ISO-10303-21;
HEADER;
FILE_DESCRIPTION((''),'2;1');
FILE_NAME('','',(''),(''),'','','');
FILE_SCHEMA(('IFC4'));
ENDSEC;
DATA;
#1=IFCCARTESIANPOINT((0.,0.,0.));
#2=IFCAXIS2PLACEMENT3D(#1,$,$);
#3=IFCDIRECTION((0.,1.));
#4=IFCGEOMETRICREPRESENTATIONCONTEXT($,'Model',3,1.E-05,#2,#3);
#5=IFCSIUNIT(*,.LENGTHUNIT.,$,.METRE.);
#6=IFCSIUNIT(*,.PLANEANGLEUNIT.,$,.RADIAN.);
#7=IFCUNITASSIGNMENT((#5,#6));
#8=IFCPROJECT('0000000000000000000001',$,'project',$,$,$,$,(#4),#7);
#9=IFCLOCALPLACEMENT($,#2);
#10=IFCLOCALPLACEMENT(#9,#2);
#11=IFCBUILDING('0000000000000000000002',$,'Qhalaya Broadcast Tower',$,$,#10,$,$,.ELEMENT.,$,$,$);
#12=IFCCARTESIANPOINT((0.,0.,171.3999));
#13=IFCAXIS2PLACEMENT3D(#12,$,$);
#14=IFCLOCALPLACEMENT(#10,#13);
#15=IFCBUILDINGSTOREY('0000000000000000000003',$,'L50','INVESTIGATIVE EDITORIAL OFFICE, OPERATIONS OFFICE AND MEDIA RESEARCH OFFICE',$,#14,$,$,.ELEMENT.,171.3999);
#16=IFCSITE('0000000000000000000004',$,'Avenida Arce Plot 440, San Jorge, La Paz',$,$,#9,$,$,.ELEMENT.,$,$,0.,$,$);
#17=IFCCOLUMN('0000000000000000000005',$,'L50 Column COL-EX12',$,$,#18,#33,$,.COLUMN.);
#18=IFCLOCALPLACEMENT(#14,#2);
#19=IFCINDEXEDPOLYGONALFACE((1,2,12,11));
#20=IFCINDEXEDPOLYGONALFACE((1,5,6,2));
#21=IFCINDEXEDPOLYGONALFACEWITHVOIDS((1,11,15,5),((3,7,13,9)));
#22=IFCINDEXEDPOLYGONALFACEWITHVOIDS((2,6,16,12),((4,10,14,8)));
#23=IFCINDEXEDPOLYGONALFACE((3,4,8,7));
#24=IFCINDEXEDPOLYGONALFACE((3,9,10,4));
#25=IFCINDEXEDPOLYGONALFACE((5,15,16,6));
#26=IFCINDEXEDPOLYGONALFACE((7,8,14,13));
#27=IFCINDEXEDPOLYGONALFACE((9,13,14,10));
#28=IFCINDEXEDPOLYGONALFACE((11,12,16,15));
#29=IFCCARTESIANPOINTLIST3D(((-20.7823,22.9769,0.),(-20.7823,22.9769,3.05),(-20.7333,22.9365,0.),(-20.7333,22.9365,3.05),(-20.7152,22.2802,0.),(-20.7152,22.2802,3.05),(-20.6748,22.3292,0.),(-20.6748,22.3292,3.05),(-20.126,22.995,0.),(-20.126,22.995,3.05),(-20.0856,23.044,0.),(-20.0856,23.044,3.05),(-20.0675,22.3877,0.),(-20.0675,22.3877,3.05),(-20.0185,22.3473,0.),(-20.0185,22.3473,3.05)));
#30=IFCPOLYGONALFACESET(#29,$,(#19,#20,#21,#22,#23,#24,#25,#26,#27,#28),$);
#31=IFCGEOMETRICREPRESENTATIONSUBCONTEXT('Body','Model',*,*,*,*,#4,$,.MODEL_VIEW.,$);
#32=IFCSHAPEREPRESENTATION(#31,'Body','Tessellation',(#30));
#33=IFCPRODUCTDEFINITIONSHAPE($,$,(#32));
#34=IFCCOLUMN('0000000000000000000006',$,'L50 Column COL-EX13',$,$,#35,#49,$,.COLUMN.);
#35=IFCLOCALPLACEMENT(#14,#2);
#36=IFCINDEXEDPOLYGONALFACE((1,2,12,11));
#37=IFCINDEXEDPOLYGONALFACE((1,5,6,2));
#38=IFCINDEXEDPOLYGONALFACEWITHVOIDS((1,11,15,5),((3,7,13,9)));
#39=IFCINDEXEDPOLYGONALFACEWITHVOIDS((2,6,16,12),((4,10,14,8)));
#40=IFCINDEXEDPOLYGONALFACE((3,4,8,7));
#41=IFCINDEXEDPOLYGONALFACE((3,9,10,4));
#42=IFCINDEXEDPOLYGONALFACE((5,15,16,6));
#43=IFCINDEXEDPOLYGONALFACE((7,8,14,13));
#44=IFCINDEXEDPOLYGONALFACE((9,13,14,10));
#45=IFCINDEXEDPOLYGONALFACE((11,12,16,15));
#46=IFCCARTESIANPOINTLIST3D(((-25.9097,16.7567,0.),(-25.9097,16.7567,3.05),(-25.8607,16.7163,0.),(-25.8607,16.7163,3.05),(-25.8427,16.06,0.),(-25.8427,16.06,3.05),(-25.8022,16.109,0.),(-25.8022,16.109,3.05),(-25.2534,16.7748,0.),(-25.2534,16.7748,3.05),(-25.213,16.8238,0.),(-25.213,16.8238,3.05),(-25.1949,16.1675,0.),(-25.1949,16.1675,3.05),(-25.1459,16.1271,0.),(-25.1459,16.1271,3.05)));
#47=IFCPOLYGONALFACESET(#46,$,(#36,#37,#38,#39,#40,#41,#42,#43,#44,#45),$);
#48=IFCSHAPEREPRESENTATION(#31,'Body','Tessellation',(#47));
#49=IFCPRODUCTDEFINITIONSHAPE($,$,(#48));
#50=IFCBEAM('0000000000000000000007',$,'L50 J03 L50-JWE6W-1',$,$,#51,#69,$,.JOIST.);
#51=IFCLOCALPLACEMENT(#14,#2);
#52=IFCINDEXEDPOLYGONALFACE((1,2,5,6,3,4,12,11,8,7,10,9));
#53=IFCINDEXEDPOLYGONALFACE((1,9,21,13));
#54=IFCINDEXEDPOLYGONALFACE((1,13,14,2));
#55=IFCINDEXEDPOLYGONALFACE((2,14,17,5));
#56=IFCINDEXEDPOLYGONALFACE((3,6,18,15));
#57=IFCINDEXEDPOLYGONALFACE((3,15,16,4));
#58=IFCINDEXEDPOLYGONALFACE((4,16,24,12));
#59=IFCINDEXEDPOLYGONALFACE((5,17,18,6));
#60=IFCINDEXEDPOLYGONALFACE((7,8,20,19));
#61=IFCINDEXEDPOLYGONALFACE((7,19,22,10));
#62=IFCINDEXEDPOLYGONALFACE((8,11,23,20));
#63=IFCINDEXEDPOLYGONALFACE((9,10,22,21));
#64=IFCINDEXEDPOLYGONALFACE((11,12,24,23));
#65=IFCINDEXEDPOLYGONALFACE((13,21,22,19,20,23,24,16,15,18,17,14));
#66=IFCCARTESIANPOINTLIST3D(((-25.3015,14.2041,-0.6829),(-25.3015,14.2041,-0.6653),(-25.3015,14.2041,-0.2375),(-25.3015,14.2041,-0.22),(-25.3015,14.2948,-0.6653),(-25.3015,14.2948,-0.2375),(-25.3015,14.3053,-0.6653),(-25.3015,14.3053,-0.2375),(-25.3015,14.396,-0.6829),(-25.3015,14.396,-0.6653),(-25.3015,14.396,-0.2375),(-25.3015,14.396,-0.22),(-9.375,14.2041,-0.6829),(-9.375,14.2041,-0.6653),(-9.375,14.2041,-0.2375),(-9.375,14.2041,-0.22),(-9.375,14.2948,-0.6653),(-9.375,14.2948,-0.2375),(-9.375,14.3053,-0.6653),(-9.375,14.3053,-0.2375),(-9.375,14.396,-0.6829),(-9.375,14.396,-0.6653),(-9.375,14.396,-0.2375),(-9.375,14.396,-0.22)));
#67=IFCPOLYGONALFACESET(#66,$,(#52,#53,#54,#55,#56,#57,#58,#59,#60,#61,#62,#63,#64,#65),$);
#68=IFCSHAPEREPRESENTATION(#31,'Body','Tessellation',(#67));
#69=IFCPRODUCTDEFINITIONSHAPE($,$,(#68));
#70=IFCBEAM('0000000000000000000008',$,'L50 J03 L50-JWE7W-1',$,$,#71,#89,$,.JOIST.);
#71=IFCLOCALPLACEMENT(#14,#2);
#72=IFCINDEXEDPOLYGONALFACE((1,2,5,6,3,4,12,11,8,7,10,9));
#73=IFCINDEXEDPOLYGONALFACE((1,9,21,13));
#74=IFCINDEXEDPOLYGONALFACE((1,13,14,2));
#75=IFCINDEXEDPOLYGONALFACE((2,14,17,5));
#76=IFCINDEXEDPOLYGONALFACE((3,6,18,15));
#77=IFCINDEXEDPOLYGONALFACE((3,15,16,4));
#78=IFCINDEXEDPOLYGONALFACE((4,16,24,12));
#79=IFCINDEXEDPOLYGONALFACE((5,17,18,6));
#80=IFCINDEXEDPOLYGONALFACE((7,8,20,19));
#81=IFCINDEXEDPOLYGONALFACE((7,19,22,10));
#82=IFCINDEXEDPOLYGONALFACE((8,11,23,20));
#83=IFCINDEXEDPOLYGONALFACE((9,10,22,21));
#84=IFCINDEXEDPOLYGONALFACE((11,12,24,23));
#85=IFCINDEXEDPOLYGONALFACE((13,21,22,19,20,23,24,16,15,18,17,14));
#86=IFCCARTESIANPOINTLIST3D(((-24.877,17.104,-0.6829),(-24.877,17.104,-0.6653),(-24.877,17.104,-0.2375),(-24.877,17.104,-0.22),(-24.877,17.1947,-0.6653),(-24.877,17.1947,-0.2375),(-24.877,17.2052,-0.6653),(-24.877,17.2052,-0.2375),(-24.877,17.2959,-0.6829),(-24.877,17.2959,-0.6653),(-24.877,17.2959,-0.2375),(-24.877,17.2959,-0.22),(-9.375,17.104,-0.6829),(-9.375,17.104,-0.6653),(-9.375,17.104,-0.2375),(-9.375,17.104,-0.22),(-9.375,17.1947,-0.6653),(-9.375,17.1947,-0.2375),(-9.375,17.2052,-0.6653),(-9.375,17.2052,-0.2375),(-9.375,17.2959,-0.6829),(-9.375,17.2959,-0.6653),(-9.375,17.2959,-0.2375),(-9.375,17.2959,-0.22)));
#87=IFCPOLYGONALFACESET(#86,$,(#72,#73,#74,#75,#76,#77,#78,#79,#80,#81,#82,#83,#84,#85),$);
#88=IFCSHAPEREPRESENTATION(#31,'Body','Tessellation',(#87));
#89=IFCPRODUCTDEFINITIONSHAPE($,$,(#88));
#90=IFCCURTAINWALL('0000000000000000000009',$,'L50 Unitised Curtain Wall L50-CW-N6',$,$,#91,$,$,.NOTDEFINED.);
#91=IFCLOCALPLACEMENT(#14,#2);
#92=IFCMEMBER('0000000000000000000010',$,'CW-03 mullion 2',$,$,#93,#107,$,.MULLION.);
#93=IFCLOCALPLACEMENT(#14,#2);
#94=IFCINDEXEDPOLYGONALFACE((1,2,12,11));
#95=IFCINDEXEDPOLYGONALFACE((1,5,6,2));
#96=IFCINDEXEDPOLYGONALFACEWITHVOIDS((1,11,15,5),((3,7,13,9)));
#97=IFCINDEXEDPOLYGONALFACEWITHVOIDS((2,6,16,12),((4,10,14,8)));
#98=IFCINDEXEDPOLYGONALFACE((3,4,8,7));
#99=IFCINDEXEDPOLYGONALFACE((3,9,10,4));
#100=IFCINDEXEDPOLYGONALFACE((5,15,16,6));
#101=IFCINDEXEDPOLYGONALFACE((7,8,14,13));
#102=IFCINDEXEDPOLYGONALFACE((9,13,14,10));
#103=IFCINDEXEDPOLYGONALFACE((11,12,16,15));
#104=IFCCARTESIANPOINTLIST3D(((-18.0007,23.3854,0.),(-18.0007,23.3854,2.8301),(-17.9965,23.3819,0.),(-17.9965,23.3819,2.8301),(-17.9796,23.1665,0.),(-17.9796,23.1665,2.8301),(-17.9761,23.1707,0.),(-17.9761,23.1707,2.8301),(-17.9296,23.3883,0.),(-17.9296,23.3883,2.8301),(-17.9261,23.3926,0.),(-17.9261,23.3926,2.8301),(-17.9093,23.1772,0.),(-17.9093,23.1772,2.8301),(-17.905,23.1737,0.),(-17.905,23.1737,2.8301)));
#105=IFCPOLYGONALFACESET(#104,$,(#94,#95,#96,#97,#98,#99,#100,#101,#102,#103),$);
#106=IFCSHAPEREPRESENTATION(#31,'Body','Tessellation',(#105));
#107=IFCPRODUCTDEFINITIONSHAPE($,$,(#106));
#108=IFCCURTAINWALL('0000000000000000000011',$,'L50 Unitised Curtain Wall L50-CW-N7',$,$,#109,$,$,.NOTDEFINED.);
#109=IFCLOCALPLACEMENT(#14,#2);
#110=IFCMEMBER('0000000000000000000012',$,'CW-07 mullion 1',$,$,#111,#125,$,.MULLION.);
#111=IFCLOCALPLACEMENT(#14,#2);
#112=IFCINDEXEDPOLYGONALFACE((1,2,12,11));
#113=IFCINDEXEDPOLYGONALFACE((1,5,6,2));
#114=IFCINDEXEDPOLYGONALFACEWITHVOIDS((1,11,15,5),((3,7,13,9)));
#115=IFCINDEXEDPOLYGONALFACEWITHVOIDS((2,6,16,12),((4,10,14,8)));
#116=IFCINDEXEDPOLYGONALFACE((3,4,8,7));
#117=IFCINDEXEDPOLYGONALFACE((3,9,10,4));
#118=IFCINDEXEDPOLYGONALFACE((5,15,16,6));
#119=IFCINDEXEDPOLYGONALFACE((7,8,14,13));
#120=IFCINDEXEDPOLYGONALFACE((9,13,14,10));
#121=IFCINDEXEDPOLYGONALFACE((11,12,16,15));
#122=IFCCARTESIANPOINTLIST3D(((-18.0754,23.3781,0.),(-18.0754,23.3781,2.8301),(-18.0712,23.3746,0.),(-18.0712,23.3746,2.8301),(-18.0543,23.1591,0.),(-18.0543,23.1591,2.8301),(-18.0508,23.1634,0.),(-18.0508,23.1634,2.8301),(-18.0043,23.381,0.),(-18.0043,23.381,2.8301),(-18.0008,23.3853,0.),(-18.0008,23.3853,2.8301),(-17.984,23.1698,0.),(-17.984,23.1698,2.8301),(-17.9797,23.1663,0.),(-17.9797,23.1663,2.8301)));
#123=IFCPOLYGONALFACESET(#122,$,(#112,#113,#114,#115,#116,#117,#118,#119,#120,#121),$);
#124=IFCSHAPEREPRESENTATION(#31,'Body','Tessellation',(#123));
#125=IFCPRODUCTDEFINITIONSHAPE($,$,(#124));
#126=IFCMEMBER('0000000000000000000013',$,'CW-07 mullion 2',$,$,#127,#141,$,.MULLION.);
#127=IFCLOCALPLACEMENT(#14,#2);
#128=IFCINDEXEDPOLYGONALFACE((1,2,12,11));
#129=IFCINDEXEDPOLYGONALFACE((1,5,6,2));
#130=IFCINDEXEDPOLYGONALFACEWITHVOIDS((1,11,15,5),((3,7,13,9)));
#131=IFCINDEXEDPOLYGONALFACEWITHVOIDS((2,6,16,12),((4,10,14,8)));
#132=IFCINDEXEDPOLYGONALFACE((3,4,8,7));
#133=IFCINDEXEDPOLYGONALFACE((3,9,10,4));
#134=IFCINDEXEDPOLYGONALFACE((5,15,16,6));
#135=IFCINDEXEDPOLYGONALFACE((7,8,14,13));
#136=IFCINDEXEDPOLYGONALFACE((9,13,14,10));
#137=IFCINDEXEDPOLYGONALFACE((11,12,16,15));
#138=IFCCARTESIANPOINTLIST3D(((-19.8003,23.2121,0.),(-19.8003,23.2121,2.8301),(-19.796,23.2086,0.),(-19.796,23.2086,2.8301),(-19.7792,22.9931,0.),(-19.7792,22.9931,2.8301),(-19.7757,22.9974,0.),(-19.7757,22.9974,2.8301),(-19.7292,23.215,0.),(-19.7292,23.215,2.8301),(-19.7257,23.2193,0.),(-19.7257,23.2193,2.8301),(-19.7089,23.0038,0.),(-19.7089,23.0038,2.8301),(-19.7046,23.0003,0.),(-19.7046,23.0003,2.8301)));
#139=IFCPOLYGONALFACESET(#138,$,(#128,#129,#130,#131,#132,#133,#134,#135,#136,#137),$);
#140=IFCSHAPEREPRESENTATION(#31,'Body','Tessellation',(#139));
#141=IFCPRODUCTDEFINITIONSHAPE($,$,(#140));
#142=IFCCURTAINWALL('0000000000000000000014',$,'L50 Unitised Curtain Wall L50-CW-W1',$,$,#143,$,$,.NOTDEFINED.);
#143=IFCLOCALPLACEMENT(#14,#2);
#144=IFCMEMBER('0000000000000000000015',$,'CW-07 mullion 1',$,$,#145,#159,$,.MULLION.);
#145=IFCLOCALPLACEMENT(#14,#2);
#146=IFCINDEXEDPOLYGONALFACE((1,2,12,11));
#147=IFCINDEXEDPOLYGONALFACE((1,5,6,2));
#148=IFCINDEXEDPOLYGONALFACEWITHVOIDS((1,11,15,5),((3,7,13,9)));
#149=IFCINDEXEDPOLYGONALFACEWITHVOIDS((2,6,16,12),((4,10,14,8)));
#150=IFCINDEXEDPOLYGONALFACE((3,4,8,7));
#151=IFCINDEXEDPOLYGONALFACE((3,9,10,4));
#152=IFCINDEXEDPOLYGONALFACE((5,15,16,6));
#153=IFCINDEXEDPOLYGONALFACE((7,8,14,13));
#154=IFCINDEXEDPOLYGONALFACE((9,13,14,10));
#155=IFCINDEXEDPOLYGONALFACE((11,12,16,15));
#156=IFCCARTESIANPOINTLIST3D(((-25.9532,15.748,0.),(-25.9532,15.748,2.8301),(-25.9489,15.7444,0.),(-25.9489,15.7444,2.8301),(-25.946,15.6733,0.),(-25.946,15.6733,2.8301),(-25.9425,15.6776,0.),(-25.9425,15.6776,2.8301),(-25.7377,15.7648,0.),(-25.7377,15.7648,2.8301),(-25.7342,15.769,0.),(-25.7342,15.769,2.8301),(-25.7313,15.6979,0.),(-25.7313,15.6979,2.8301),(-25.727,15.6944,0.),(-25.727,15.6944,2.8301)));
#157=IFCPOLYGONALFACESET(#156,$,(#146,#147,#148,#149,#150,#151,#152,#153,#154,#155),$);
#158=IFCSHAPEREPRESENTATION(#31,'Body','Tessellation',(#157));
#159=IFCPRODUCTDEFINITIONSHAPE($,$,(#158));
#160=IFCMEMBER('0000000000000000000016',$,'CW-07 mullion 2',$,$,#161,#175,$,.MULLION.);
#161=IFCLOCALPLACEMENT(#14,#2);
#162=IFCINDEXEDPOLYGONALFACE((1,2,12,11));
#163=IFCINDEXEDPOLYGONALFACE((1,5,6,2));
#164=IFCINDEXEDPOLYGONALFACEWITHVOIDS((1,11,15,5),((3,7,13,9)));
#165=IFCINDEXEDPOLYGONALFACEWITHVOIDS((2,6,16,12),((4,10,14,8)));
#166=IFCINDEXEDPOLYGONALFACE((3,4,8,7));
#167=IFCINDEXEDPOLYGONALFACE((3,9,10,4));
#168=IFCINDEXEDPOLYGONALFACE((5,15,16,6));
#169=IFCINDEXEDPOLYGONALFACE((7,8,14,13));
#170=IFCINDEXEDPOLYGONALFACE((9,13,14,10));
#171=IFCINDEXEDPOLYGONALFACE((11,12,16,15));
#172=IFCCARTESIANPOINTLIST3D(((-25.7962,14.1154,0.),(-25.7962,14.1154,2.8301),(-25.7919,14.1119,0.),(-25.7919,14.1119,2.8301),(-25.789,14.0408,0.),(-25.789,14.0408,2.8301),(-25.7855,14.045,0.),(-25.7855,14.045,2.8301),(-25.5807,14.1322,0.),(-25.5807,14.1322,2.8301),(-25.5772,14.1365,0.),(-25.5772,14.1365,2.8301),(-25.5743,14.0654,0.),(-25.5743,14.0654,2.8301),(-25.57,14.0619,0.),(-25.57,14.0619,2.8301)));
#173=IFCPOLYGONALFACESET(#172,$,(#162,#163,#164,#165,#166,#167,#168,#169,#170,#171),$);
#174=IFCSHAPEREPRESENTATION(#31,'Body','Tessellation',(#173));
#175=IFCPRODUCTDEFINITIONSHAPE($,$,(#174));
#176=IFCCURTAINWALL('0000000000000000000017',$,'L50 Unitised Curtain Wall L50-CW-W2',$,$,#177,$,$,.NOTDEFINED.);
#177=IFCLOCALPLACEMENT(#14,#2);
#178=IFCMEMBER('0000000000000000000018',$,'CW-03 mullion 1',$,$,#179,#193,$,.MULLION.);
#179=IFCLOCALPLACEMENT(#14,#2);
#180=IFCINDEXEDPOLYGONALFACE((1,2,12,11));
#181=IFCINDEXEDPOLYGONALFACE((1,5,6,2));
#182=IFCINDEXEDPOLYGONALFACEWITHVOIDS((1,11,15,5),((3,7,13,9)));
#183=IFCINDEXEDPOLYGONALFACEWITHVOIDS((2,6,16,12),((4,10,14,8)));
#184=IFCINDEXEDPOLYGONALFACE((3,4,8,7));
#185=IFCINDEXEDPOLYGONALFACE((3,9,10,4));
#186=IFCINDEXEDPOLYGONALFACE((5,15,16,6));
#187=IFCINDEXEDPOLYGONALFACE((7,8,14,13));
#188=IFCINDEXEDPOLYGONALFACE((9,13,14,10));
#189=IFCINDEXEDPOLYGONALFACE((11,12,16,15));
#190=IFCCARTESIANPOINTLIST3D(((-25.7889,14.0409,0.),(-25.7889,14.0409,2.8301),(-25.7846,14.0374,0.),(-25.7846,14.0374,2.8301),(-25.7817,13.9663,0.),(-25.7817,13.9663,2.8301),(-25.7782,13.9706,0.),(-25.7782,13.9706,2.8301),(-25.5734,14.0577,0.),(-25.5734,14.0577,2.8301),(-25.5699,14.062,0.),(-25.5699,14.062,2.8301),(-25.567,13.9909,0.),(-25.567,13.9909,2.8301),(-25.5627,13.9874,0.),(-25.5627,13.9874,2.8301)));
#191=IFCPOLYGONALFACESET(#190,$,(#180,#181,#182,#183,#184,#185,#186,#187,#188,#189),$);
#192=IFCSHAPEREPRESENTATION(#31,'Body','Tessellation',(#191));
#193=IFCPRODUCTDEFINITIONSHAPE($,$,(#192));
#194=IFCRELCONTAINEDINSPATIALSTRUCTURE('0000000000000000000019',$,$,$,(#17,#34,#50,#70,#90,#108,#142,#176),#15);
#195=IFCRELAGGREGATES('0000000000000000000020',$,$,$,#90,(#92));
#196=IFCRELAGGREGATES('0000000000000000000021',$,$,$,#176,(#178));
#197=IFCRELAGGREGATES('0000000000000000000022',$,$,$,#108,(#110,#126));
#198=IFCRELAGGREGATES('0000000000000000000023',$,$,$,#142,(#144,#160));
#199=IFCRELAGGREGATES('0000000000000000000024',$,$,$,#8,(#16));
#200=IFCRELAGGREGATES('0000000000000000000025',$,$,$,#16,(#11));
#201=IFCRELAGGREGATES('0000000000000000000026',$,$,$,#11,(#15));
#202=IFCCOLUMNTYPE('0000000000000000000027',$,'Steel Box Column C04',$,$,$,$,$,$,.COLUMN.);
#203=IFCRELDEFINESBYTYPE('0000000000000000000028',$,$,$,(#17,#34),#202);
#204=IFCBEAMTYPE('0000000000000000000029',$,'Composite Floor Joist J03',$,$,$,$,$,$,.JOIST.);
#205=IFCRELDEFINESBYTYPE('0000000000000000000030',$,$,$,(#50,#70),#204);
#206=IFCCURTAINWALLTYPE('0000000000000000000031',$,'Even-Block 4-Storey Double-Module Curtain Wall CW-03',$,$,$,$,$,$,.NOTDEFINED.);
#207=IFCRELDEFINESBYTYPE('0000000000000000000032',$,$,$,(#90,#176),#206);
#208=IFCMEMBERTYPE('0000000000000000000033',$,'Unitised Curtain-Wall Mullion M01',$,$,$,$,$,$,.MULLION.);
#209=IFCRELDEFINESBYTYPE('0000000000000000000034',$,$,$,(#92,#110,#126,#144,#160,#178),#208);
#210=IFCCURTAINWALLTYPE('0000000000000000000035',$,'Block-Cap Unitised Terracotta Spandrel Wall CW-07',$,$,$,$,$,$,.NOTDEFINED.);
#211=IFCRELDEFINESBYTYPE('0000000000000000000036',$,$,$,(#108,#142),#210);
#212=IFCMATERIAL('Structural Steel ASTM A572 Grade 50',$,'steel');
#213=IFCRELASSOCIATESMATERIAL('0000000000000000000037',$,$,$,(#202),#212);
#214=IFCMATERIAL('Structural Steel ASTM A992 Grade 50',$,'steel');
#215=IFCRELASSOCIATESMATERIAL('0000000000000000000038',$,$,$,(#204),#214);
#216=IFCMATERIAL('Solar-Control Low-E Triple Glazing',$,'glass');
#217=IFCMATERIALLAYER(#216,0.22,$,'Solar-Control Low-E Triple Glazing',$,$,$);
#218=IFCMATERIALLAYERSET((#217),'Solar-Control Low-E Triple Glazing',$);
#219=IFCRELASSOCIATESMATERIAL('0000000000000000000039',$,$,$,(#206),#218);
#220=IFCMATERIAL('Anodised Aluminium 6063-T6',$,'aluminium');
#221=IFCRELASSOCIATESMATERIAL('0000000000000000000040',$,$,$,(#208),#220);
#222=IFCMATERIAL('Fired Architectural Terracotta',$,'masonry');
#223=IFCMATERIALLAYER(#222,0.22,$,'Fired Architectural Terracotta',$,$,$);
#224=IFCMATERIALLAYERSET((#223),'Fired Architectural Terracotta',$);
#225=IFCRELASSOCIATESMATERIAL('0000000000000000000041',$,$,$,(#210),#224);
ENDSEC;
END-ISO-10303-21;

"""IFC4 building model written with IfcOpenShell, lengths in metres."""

from ifc_helpers import new_model, si_unit, direction, frame, origin, origin_2d, place, context, subcontext, project, spatial, hollow_rectangle, i_section, extrude, material, layer, layer_set, material_profile, profile_set, type_object, element, aggregate, save


model = new_model("IFC4")

# Units and contexts
model_context = context("Model", 3, precision=1e-05, world=origin(), true_north=direction((0.0, 1.0)))
body_context = subcontext(model_context, "Body", "Model", "MODEL_VIEW")
ifc_project = project(units=[si_unit("LENGTHUNIT", "METRE"), si_unit("PLANEANGLEUNIT", "RADIAN")], contexts=[model_context])

# Site, building, storey
site_placement = place(None, origin())
site = spatial("IfcSite", under=ifc_project, at=site_placement, Name="Avenida Arce Plot 440, San Jorge, La Paz", CompositionType="ELEMENT", RefElevation=0.0)
building_placement = place(site_placement, origin())
building = spatial("IfcBuilding", under=site, at=building_placement, Name="Qhalaya Broadcast Tower", CompositionType="ELEMENT")
storey_placement = place(building_placement, frame((0.0, 0.0, 171.3999)))
storey = spatial("IfcBuildingStorey", under=building, at=storey_placement, Name="L50", Description="INVESTIGATIVE EDITORIAL OFFICE, OPERATIONS OFFICE AND MEDIA RESEARCH OFFICE", CompositionType="ELEMENT", Elevation=171.3999)

# Columns
ifc_material_1 = material(Name="Structural Steel ASTM A572 Grade 50", Category="steel")
ifc_material_profile_1 = material_profile(ifc_material_1, hollow_rectangle(XDim=0.7, YDim=0.7, WallThickness=0.0449, at=origin_2d()), Name="BOX 700x700x45")
ifc_profile_set_1 = profile_set([ifc_material_profile_1], Name="Structural Steel ASTM A572 Grade 50")
column_type = type_object("IfcColumnType", Name="Steel Box Column C04", PredefinedType="COLUMN", material=ifc_profile_set_1)
for number, where, z_axis, x_axis, name in (
    (1, (-20.4004, 22.6621, 0.0), (0.0, 0.0, 1.0), (0.995396, 0.095846, 0.0), "L50 Column COL-EX12"),
    (2, (-25.5278, 16.4419, 0.0), (0.0, 0.0, 1.0), (-0.095846, 0.995396, 0.0), "L50 Column COL-EX13"),
):
    element("IfcColumn", number, at=place(storey_placement, frame(where, z_axis=z_axis, x_axis=x_axis)), inside=storey, type_object=column_type, Name=name, PredefinedType="COLUMN", context=body_context, shape_type="SweptSolid", body=[
        extrude(hollow_rectangle(XDim=0.7, YDim=0.7, WallThickness=0.0449, at=origin_2d()), origin(), (0.0, 0.0, 1.0), 3.05),
    ])

# Beams
ifc_material_2 = material(Name="Structural Steel ASTM A992 Grade 50", Category="steel")
ifc_material_profile_2 = material_profile(ifc_material_2, i_section(OverallWidth=0.1919, OverallDepth=0.4629, WebThickness=0.0105, FlangeThickness=0.0176, at=origin_2d()), Name="W18X60")
ifc_profile_set_2 = profile_set([ifc_material_profile_2], Name="Structural Steel ASTM A992 Grade 50")
beam_type_1 = type_object("IfcBeamType", Name="Composite Floor Joist J03", PredefinedType="JOIST", material=ifc_profile_set_2)
beam_1_placement = place(storey_placement, frame((-25.3015, 14.3, -0.4514), z_axis=(1.0, 0.0, 0.0), x_axis=(0.0, 1.0, 0.0)))
element("IfcBeam", 3, at=beam_1_placement, inside=storey, type_object=beam_type_1, Name="L50 J03 L50-JWE6W-1", PredefinedType="JOIST", context=body_context, shape_type="SweptSolid", body=[
    extrude(i_section(OverallWidth=0.1919, OverallDepth=0.4629, WebThickness=0.0105, FlangeThickness=0.0176, at=origin_2d()), origin(), (0.0, 0.0, 1.0), 15.9265),
])
beam_2_placement = place(storey_placement, frame((-24.877, 17.2, -0.4514), z_axis=(1.0, 0.0, 0.0), x_axis=(0.0, 1.0, 0.0)))
element("IfcBeam", 4, at=beam_2_placement, inside=storey, type_object=beam_type_1, Name="L50 J03 L50-JWE7W-1", PredefinedType="JOIST", context=body_context, shape_type="SweptSolid", body=[
    extrude(i_section(OverallWidth=0.1919, OverallDepth=0.4629, WebThickness=0.0105, FlangeThickness=0.0176, at=origin_2d()), origin(), (0.0, 0.0, 1.0), 15.502),
])

# Curtain wall, member
ifc_material_3 = material(Name="Solar-Control Low-E Triple Glazing", Category="glass")
ifc_layer_1 = layer(ifc_material_3, 0.22, Name="Solar-Control Low-E Triple Glazing")
ifc_layer_set_1 = layer_set([ifc_layer_1], Name="Solar-Control Low-E Triple Glazing")
curtain_wall_type_1 = type_object("IfcCurtainWallType", Name="Even-Block 4-Storey Double-Module Curtain Wall CW-03", PredefinedType="NOTDEFINED", material=ifc_layer_set_1)
curtain_wall_1_placement = place(storey_placement, origin())
curtain_wall_1 = element("IfcCurtainWall", 5, at=curtain_wall_1_placement, inside=storey, type_object=curtain_wall_type_1, Name="L50 Unitised Curtain Wall L50-CW-N6", PredefinedType="NOTDEFINED")
ifc_material_4 = material(Name="Anodised Aluminium 6063-T6", Category="aluminium")
ifc_material_profile_3 = material_profile(ifc_material_4, hollow_rectangle(XDim=0.075, YDim=0.22, WallThickness=0.0039, at=origin_2d()), Name="ALU-MUL 75x220x4")
ifc_profile_set_3 = profile_set([ifc_material_profile_3], Name="Anodised Aluminium 6063-T6")
member_type_1 = type_object("IfcMemberType", Name="Unitised Curtain-Wall Mullion M01", PredefinedType="MULLION", material=ifc_profile_set_3)
member_1_placement = place(storey_placement, frame((-17.9529, 23.2795, 0.0), z_axis=(0.0, 0.0, 1.0), x_axis=(-0.995397, -0.095834, 0.0)))
member_1 = element("IfcMember", 6, at=member_1_placement, type_object=member_type_1, Name="CW-03 mullion 2", PredefinedType="MULLION", context=body_context, shape_type="SweptSolid", body=[
    extrude(hollow_rectangle(XDim=0.075, YDim=0.22, WallThickness=0.0039, at=origin_2d()), origin(), (0.0, 0.0, 1.0), 2.8301),
])
aggregate(curtain_wall_1, [member_1])

# Curtain walls, members
ifc_material_5 = material(Name="Fired Architectural Terracotta", Category="masonry")
ifc_layer_2 = layer(ifc_material_5, 0.22, Name="Fired Architectural Terracotta")
ifc_layer_set_2 = layer_set([ifc_layer_2], Name="Fired Architectural Terracotta")
curtain_wall_type_2 = type_object("IfcCurtainWallType", Name="Block-Cap Unitised Terracotta Spandrel Wall CW-07", PredefinedType="NOTDEFINED", material=ifc_layer_set_2)
curtain_wall_2_placement = place(storey_placement, origin())
curtain_wall_2 = element("IfcCurtainWall", 7, at=curtain_wall_2_placement, inside=storey, type_object=curtain_wall_type_2, Name="L50 Unitised Curtain Wall L50-CW-N7", PredefinedType="NOTDEFINED")
member_2_placement = place(storey_placement, frame((-18.0276, 23.2722, 0.0), z_axis=(0.0, 0.0, 1.0), x_axis=(-0.995395, -0.095856, 0.0)))
member_2 = element("IfcMember", 8, at=member_2_placement, type_object=member_type_1, Name="CW-07 mullion 1", PredefinedType="MULLION", context=body_context, shape_type="SweptSolid", body=[
    extrude(hollow_rectangle(XDim=0.075, YDim=0.22, WallThickness=0.0039, at=origin_2d()), origin(), (0.0, 0.0, 1.0), 2.8301),
])
member_3_placement = place(storey_placement, frame((-19.7524, 23.1062, 0.0), z_axis=(0.0, 0.0, 1.0), x_axis=(-0.995395, -0.095856, 0.0)))
member_3 = element("IfcMember", 9, at=member_3_placement, type_object=member_type_1, Name="CW-07 mullion 2", PredefinedType="MULLION", context=body_context, shape_type="SweptSolid", body=[
    extrude(hollow_rectangle(XDim=0.075, YDim=0.22, WallThickness=0.0039, at=origin_2d()), origin(), (0.0, 0.0, 1.0), 2.8301),
])
curtain_wall_3_placement = place(storey_placement, origin())
curtain_wall_3 = element("IfcCurtainWall", 10, at=curtain_wall_3_placement, inside=storey, type_object=curtain_wall_type_2, Name="L50 Unitised Curtain Wall L50-CW-W1", PredefinedType="NOTDEFINED")
member_4_placement = place(storey_placement, frame((-25.8401, 15.7212, 0.0), z_axis=(0.0, 0.0, 1.0), x_axis=(0.09586, -0.995395, 0.0)))
member_4 = element("IfcMember", 11, at=member_4_placement, type_object=member_type_1, Name="CW-07 mullion 1", PredefinedType="MULLION", context=body_context, shape_type="SweptSolid", body=[
    extrude(hollow_rectangle(XDim=0.075, YDim=0.22, WallThickness=0.0039, at=origin_2d()), origin(), (0.0, 0.0, 1.0), 2.8301),
])
member_5_placement = place(storey_placement, frame((-25.6831, 14.0886, 0.0), z_axis=(0.0, 0.0, 1.0), x_axis=(0.09586, -0.995395, 0.0)))
member_5 = element("IfcMember", 12, at=member_5_placement, type_object=member_type_1, Name="CW-07 mullion 2", PredefinedType="MULLION", context=body_context, shape_type="SweptSolid", body=[
    extrude(hollow_rectangle(XDim=0.075, YDim=0.22, WallThickness=0.0039, at=origin_2d()), origin(), (0.0, 0.0, 1.0), 2.8301),
])

# Curtain wall, member
curtain_wall_4_placement = place(storey_placement, origin())
curtain_wall_4 = element("IfcCurtainWall", 13, at=curtain_wall_4_placement, inside=storey, type_object=curtain_wall_type_1, Name="L50 Unitised Curtain Wall L50-CW-W2", PredefinedType="NOTDEFINED")
member_6_placement = place(storey_placement, frame((-25.6758, 14.0142, 0.0), z_axis=(0.0, 0.0, 1.0), x_axis=(0.09583, -0.995398, 0.0)))
member_6 = element("IfcMember", 14, at=member_6_placement, type_object=member_type_1, Name="CW-03 mullion 1", PredefinedType="MULLION", context=body_context, shape_type="SweptSolid", body=[
    extrude(hollow_rectangle(XDim=0.075, YDim=0.22, WallThickness=0.0039, at=origin_2d()), origin(), (0.0, 0.0, 1.0), 2.8301),
])

aggregate(curtain_wall_4, [member_6])

aggregate(curtain_wall_2, [member_2, member_3])
aggregate(curtain_wall_3, [member_4, member_5])

save(model, "model.ifc")
